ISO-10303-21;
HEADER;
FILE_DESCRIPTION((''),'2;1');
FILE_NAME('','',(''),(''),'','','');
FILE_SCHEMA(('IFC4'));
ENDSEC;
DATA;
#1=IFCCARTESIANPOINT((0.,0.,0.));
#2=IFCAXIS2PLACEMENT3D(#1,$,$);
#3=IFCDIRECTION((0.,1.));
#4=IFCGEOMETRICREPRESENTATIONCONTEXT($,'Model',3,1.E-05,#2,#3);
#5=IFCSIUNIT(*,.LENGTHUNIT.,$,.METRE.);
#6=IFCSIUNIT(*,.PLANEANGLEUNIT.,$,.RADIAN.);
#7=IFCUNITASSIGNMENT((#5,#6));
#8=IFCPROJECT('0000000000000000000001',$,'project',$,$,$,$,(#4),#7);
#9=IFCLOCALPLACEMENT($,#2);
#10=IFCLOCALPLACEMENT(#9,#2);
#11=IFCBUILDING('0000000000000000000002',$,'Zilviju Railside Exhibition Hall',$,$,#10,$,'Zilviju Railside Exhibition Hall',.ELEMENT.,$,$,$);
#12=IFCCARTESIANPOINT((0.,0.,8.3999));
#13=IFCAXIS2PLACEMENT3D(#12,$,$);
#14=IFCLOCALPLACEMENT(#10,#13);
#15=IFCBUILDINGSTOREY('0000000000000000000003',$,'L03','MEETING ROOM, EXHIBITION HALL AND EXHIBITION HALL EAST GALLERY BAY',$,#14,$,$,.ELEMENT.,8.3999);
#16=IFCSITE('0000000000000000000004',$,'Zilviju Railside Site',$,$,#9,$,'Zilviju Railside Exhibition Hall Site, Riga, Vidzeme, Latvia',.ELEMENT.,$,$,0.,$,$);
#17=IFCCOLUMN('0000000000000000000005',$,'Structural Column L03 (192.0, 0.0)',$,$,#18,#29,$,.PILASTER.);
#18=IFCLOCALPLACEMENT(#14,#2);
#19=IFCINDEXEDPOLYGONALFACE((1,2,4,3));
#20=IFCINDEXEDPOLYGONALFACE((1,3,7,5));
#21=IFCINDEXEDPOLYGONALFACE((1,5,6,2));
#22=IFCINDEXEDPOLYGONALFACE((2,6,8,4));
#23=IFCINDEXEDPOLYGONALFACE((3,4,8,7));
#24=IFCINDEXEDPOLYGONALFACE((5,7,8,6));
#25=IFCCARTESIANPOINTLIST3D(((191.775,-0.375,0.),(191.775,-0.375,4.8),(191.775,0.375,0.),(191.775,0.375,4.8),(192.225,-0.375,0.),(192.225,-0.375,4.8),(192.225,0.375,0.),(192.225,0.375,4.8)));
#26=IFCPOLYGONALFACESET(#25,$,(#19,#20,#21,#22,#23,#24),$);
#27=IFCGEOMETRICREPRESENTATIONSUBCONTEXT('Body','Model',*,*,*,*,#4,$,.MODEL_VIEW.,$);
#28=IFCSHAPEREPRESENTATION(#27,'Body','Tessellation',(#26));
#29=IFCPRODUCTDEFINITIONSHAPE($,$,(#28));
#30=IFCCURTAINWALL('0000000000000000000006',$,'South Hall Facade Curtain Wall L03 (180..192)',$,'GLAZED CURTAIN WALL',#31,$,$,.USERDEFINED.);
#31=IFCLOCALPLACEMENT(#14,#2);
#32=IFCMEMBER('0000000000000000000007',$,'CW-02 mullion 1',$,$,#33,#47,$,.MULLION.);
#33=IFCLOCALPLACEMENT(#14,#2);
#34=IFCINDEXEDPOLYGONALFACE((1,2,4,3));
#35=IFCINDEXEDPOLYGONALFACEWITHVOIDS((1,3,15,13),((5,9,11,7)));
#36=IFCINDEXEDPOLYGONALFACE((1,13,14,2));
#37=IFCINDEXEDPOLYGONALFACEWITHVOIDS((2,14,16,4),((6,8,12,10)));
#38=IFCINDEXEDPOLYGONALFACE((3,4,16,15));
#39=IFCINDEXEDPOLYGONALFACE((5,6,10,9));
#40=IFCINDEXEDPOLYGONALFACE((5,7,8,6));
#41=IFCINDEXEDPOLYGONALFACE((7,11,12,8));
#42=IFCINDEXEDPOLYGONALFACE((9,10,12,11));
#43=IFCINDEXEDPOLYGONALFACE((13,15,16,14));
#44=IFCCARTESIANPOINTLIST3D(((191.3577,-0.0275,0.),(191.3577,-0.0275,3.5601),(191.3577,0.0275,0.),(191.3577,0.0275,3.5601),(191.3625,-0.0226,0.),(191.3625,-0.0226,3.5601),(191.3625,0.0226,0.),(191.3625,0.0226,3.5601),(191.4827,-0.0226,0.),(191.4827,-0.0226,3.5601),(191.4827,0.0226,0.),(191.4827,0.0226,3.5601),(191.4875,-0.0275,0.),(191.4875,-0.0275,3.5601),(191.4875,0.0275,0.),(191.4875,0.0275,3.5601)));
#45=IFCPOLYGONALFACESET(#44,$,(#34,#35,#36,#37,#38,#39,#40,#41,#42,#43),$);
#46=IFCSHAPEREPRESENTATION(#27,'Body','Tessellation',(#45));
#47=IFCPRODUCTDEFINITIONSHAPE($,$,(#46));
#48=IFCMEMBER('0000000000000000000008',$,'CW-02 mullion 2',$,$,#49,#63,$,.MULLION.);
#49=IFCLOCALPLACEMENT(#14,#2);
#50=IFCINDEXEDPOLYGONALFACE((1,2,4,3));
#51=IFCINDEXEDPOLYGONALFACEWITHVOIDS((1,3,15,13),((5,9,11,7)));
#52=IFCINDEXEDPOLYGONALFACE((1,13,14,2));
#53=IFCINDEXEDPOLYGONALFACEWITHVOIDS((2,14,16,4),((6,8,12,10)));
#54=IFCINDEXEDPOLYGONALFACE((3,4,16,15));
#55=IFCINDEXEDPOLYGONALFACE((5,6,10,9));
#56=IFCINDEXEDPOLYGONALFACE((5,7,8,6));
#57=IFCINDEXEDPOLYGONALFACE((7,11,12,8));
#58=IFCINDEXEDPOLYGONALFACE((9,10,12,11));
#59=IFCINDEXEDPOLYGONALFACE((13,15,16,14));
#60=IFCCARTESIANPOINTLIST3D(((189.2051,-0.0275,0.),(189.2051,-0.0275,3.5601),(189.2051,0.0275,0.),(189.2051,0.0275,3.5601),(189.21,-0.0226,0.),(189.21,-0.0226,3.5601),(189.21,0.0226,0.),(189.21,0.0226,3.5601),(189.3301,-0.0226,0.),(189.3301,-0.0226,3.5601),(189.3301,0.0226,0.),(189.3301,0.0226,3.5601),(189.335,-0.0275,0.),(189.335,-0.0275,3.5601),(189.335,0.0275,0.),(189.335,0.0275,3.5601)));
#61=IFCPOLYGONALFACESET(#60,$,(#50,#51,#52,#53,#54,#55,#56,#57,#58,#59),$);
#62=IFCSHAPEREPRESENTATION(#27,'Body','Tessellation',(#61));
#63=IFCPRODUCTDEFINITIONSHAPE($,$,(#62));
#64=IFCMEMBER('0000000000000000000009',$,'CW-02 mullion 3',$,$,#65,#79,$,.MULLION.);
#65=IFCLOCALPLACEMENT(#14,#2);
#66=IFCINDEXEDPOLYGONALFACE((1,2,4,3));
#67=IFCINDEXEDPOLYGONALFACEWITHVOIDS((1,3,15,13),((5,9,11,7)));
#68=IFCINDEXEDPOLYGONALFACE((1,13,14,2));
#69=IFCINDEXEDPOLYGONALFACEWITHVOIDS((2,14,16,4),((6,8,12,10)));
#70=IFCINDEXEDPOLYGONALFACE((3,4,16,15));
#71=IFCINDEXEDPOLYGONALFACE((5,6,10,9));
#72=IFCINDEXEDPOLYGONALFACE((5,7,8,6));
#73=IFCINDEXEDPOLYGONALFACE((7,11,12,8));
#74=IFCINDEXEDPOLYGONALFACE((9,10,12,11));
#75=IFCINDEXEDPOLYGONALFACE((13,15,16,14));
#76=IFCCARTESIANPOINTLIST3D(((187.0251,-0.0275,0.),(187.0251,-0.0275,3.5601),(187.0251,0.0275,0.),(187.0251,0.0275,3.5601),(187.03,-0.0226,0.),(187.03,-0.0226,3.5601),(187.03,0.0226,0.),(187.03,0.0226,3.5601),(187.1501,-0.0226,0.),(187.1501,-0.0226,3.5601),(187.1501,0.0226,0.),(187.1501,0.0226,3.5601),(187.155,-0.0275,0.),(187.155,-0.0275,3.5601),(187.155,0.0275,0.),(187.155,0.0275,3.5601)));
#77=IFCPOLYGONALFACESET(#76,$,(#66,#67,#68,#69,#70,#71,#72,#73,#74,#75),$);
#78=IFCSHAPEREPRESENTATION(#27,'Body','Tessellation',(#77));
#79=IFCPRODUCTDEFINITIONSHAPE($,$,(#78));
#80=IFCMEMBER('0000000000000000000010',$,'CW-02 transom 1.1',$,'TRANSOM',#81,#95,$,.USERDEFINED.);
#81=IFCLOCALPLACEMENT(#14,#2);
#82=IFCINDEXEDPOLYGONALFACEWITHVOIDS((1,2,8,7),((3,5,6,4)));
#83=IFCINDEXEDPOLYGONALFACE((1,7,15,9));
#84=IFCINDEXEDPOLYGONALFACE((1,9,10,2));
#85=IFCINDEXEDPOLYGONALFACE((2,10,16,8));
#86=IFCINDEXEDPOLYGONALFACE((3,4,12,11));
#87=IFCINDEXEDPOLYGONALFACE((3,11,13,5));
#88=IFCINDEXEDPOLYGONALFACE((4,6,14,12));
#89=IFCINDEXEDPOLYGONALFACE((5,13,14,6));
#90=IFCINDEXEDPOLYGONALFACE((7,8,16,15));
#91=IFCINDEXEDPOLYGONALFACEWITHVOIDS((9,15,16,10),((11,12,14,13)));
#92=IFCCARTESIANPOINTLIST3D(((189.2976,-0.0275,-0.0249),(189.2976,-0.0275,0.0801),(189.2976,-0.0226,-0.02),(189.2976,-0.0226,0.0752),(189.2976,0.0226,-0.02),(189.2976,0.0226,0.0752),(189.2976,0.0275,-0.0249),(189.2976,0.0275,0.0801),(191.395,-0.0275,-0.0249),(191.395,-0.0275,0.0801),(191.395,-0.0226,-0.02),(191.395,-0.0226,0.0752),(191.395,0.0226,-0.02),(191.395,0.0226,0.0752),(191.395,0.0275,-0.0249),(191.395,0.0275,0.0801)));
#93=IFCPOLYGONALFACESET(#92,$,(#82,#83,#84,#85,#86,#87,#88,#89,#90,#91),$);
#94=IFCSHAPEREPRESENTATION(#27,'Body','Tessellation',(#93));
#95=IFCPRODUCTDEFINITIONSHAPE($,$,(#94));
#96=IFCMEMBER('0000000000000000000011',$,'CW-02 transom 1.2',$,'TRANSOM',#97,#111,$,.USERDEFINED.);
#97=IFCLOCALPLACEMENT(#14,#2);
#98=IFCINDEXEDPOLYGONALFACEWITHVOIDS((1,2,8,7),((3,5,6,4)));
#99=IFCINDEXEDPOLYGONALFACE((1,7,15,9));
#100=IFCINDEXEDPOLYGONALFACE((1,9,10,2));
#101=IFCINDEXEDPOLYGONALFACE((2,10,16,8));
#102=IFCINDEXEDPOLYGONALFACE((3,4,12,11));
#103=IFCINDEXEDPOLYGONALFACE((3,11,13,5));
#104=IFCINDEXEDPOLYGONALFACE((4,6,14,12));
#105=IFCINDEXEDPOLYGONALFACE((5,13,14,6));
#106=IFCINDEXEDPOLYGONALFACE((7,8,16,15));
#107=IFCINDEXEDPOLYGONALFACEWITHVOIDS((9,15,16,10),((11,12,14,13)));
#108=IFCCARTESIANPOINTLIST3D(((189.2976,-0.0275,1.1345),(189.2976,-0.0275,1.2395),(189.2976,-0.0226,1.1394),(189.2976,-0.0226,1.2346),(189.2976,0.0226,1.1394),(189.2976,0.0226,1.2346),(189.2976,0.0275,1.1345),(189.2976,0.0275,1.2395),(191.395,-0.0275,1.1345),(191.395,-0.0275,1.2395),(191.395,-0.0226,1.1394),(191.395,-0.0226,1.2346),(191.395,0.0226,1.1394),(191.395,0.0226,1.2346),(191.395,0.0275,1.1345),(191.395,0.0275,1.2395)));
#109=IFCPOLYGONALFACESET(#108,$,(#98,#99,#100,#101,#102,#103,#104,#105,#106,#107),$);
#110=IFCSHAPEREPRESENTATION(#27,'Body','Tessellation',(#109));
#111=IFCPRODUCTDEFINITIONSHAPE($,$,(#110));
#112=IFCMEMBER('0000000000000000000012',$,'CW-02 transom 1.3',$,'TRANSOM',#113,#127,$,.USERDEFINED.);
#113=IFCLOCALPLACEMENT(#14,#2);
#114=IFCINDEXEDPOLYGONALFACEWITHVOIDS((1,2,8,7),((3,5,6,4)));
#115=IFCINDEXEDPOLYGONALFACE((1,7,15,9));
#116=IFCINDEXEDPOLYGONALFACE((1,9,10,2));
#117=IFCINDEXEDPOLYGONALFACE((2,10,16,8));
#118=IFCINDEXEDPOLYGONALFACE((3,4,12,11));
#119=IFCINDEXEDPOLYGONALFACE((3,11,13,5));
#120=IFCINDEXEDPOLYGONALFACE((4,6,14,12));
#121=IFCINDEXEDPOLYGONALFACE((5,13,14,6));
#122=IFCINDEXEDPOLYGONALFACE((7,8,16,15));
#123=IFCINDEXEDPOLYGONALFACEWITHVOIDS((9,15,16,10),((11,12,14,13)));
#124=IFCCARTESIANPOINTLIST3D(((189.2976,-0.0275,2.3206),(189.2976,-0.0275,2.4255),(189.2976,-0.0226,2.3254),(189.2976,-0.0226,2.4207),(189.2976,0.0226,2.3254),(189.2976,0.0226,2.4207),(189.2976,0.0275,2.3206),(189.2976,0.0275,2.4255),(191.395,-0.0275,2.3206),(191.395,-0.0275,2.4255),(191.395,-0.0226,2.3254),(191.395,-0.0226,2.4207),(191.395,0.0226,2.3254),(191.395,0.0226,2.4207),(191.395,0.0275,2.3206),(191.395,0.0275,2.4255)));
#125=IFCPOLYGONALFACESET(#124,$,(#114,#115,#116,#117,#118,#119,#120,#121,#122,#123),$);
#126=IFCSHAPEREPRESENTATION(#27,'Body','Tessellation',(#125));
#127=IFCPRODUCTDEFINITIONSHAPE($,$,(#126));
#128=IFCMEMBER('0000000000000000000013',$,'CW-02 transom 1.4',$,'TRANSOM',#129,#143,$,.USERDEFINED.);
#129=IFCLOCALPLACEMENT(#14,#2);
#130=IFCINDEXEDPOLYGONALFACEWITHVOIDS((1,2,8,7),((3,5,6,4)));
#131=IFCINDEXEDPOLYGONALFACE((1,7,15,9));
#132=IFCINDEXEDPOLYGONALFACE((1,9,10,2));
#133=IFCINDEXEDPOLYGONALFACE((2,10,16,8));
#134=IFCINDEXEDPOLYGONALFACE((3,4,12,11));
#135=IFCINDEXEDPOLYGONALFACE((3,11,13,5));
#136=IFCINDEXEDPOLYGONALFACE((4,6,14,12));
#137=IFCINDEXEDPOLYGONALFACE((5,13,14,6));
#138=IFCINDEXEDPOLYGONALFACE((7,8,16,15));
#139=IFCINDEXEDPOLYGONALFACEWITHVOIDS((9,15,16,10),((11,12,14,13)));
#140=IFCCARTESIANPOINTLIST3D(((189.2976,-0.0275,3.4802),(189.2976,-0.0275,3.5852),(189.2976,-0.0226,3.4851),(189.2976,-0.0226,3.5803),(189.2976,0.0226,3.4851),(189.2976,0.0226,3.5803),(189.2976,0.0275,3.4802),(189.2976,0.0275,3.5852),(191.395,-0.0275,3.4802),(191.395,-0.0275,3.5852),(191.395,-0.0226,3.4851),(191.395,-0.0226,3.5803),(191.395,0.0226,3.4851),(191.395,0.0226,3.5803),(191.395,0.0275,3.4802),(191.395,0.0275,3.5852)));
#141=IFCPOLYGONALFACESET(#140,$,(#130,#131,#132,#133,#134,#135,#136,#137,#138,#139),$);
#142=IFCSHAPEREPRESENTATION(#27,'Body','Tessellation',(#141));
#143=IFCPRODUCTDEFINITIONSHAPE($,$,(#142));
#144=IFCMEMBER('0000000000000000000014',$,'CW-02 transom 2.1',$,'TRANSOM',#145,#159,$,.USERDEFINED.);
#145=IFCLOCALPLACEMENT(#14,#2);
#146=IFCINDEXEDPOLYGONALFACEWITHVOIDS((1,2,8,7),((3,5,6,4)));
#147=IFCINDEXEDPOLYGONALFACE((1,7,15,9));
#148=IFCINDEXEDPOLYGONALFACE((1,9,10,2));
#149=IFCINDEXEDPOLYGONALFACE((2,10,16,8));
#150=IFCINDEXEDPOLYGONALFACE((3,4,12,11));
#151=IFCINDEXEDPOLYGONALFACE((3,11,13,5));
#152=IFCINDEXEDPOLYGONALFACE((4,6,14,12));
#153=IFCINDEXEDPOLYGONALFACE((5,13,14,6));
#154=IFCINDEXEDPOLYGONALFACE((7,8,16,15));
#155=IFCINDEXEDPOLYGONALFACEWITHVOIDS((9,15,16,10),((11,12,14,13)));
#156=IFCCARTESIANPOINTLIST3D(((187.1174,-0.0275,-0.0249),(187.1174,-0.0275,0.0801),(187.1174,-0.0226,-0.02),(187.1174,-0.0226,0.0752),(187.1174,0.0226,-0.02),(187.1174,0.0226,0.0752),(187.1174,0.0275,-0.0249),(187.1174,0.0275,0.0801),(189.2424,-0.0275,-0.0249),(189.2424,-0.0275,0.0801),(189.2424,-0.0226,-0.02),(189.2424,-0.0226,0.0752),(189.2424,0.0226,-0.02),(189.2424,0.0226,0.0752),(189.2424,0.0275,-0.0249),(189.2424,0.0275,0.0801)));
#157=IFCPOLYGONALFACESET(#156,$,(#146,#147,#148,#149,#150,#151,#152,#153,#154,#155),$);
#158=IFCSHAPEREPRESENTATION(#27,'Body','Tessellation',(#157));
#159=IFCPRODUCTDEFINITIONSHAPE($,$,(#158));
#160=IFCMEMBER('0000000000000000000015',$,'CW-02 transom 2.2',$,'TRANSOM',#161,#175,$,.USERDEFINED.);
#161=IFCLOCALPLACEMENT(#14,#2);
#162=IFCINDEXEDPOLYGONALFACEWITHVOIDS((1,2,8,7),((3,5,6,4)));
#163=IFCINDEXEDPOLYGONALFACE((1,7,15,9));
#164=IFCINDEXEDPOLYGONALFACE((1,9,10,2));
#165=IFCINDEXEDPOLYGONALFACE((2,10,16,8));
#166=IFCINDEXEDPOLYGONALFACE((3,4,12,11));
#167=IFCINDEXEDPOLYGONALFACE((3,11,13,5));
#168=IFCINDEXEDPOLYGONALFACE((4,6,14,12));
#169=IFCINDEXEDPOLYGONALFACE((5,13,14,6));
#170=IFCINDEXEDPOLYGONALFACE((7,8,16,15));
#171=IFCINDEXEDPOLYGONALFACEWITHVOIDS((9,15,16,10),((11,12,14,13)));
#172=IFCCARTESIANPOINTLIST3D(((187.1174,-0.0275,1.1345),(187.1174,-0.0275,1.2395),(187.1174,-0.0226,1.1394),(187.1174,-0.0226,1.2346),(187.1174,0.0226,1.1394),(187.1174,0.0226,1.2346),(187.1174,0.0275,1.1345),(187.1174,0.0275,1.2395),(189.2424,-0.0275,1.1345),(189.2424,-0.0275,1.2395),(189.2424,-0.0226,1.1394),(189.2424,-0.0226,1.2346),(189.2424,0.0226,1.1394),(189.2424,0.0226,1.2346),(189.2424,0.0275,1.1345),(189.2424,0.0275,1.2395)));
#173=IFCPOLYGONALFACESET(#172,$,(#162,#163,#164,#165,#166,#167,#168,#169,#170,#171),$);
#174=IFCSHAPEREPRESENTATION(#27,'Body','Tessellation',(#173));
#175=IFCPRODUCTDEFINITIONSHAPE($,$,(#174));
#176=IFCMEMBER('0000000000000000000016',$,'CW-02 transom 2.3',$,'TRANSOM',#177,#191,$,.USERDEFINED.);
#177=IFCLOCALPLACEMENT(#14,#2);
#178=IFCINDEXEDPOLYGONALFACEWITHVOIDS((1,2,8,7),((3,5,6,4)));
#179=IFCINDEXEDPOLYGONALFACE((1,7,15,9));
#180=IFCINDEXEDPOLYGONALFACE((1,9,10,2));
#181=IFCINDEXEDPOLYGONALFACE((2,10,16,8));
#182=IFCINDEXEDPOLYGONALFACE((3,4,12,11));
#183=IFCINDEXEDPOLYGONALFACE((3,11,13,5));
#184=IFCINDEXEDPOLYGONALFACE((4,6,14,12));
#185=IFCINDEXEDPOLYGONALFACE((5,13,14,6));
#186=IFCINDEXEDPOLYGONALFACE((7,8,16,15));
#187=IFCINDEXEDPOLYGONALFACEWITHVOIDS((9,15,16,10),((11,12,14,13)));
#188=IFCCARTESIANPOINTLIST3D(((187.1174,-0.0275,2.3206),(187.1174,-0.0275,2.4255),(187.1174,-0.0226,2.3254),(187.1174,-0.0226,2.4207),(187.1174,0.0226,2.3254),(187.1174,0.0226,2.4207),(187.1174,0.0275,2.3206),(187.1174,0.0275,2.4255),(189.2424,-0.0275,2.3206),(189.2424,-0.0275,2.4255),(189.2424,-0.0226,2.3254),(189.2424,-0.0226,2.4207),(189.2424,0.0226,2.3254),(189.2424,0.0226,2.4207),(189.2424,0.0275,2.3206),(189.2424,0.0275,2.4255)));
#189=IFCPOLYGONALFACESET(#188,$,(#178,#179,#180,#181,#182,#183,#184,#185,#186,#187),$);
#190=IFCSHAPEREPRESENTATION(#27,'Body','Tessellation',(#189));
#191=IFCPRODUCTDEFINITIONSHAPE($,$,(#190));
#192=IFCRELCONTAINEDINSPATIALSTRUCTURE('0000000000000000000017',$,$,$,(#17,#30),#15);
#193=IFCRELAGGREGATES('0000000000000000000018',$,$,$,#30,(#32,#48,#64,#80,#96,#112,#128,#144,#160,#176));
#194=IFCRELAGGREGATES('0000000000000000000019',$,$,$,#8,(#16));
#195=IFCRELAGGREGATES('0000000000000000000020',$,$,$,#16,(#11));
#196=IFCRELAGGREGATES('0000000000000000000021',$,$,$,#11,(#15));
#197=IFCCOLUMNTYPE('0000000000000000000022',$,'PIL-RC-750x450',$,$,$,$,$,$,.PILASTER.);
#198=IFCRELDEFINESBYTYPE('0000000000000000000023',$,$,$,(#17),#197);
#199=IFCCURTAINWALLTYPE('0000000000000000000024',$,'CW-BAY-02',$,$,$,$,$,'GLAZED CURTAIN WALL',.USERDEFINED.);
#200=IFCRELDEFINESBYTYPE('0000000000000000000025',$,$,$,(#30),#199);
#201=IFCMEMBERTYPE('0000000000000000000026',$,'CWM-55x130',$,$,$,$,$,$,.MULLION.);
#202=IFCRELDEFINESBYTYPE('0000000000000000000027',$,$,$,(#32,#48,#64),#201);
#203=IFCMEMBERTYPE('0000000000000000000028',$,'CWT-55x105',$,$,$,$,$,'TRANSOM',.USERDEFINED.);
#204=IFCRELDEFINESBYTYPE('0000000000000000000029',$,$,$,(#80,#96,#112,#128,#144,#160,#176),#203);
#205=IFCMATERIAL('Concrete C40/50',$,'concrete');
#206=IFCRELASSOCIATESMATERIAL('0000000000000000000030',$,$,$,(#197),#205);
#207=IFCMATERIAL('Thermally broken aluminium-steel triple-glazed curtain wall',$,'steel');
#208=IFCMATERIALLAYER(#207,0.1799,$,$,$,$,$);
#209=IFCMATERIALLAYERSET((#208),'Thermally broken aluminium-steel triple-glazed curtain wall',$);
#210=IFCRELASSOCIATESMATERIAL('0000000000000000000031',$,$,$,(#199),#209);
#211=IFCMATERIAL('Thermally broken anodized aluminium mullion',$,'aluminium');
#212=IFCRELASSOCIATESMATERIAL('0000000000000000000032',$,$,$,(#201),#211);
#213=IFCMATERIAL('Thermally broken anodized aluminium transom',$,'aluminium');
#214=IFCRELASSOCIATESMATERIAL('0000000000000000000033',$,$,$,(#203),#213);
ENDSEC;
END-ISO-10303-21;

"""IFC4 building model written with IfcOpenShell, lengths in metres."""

from ifc_helpers import new_model, si_unit, direction, frame, origin, origin_2d, place, context, subcontext, project, spatial, rectangle, hollow_rectangle, extrude, material, layer, layer_set, material_profile, profile_set, type_object, element, aggregate, save


model = new_model("IFC4")

# Units and contexts
model_context = context("Model", 3, precision=1e-05, world=origin(), true_north=direction((0.0, 1.0)))
body_context = subcontext(model_context, "Body", "Model", "MODEL_VIEW")
ifc_project = project(units=[si_unit("LENGTHUNIT", "METRE"), si_unit("PLANEANGLEUNIT", "RADIAN")], contexts=[model_context])

# Site, building, storey
site_placement = place(None, origin())
site = spatial("IfcSite", under=ifc_project, at=site_placement, Name="Zilviju Railside Site", LongName="Zilviju Railside Exhibition Hall Site, Riga, Vidzeme, Latvia", CompositionType="ELEMENT", RefElevation=0.0)
building_placement = place(site_placement, origin())
building = spatial("IfcBuilding", under=site, at=building_placement, Name="Zilviju Railside Exhibition Hall", LongName="Zilviju Railside Exhibition Hall", CompositionType="ELEMENT")
storey_placement = place(building_placement, frame((0.0, 0.0, 8.3999)))
storey = spatial("IfcBuildingStorey", under=building, at=storey_placement, Name="L03", Description="MEETING ROOM, EXHIBITION HALL AND EXHIBITION HALL EAST GALLERY BAY", CompositionType="ELEMENT", Elevation=8.3999)

# Column
ifc_material_1 = material(Name="Concrete C40/50", Category="concrete")
ifc_material_profile_1 = material_profile(ifc_material_1, rectangle(XDim=0.45, YDim=0.75, at=origin_2d()), Name="RC COL 450x750")
ifc_profile_set_1 = profile_set([ifc_material_profile_1], Name="Concrete C40/50")
column_type = type_object("IfcColumnType", Name="PIL-RC-750x450", PredefinedType="PILASTER", material=ifc_profile_set_1)
column_placement = place(storey_placement, frame((192.0, 0.0, 0.0), z_axis=(0.0, 0.0, 1.0), x_axis=(1.0, 0.0, 0.0)))
element("IfcColumn", 1, at=column_placement, inside=storey, type_object=column_type, Name="Structural Column L03 (192.0, 0.0)", PredefinedType="PILASTER", context=body_context, shape_type="SweptSolid", body=[
    extrude(rectangle(XDim=0.45, YDim=0.75, at=origin_2d()), origin(), (0.0, 0.0, 1.0), 4.8),
])

# Curtain wall, members
ifc_material_2 = material(Name="Thermally broken aluminium-steel triple-glazed curtain wall", Category="steel")
ifc_layer_1 = layer(ifc_material_2, 0.1799)
ifc_layer_set_1 = layer_set([ifc_layer_1], Name="Thermally broken aluminium-steel triple-glazed curtain wall")
curtain_wall_type = type_object("IfcCurtainWallType", Name="CW-BAY-02", ElementType="GLAZED CURTAIN WALL", PredefinedType="USERDEFINED", material=ifc_layer_set_1)
curtain_wall_placement = place(storey_placement, origin())
curtain_wall = element("IfcCurtainWall", 2, at=curtain_wall_placement, inside=storey, type_object=curtain_wall_type, Name="South Hall Facade Curtain Wall L03 (180..192)", ObjectType="GLAZED CURTAIN WALL", PredefinedType="USERDEFINED")
ifc_material_3 = material(Name="Thermally broken anodized aluminium mullion", Category="aluminium")
ifc_material_profile_2 = material_profile(ifc_material_3, hollow_rectangle(XDim=0.0549, YDim=0.1299, WallThickness=0.0049, at=origin_2d()), Name="MULLION 130x55x5")
ifc_profile_set_2 = profile_set([ifc_material_profile_2], Name="Thermally broken anodized aluminium mullion")
member_type_1 = type_object("IfcMemberType", Name="CWM-55x130", PredefinedType="MULLION", material=ifc_profile_set_2)
member_1_placement = place(storey_placement, frame((191.4226, 0.0, 0.0), z_axis=(0.0, 0.0, 1.0), x_axis=(0.0, -1.0, 0.0)))
member_1 = element("IfcMember", 3, at=member_1_placement, type_object=member_type_1, Name="CW-02 mullion 1", PredefinedType="MULLION", context=body_context, shape_type="SweptSolid", body=[
    extrude(hollow_rectangle(XDim=0.0549, YDim=0.1299, WallThickness=0.0049, at=origin_2d()), origin(), (0.0, 0.0, 1.0), 3.5601),
])
member_2_placement = place(storey_placement, frame((189.27, 0.0, 0.0), z_axis=(0.0, 0.0, 1.0), x_axis=(0.0, -1.0, 0.0)))
member_2 = element("IfcMember", 4, at=member_2_placement, type_object=member_type_1, Name="CW-02 mullion 2", PredefinedType="MULLION", context=body_context, shape_type="SweptSolid", body=[
    extrude(hollow_rectangle(XDim=0.0549, YDim=0.1299, WallThickness=0.0049, at=origin_2d()), origin(), (0.0, 0.0, 1.0), 3.5601),
])
member_3_placement = place(storey_placement, frame((187.0901, 0.0, 0.0), z_axis=(0.0, 0.0, 1.0), x_axis=(0.0, -1.0, 0.0)))
member_3 = element("IfcMember", 5, at=member_3_placement, type_object=member_type_1, Name="CW-02 mullion 3", PredefinedType="MULLION", context=body_context, shape_type="SweptSolid", body=[
    extrude(hollow_rectangle(XDim=0.0549, YDim=0.1299, WallThickness=0.0049, at=origin_2d()), origin(), (0.0, 0.0, 1.0), 3.5601),
])
ifc_material_4 = material(Name="Thermally broken anodized aluminium transom", Category="aluminium")
ifc_material_profile_3 = material_profile(ifc_material_4, hollow_rectangle(XDim=0.0549, YDim=0.105, WallThickness=0.0049, at=origin_2d()), Name="TRANSOM 105x55x5")
ifc_profile_set_3 = profile_set([ifc_material_profile_3], Name="Thermally broken anodized aluminium transom")
member_type_2 = type_object("IfcMemberType", Name="CWT-55x105", ElementType="TRANSOM", PredefinedType="USERDEFINED", material=ifc_profile_set_3)
member_4_placement = place(storey_placement, frame((191.395, 0.0, 0.0276), z_axis=(-1.0, 0.0, 0.0), x_axis=(0.0, -1.0, 0.0)))
member_4 = element("IfcMember", 6, at=member_4_placement, type_object=member_type_2, Name="CW-02 transom 1.1", ObjectType="TRANSOM", PredefinedType="USERDEFINED", context=body_context, shape_type="SweptSolid", body=[
    extrude(hollow_rectangle(XDim=0.0549, YDim=0.105, WallThickness=0.0049, at=origin_2d()), origin(), (0.0, 0.0, 1.0), 2.0974),
])
member_5_placement = place(storey_placement, frame((191.395, 0.0, 1.187), z_axis=(-1.0, 0.0, 0.0), x_axis=(0.0, -1.0, 0.0)))
member_5 = element("IfcMember", 7, at=member_5_placement, type_object=member_type_2, Name="CW-02 transom 1.2", ObjectType="TRANSOM", PredefinedType="USERDEFINED", context=body_context, shape_type="SweptSolid", body=[
    extrude(hollow_rectangle(XDim=0.0549, YDim=0.105, WallThickness=0.0049, at=origin_2d()), origin(), (0.0, 0.0, 1.0), 2.0974),
])
member_6_placement = place(storey_placement, frame((191.395, 0.0, 2.373), z_axis=(-1.0, 0.0, 0.0), x_axis=(0.0, -1.0, 0.0)))
member_6 = element("IfcMember", 8, at=member_6_placement, type_object=member_type_2, Name="CW-02 transom 1.3", ObjectType="TRANSOM", PredefinedType="USERDEFINED", context=body_context, shape_type="SweptSolid", body=[
    extrude(hollow_rectangle(XDim=0.0549, YDim=0.105, WallThickness=0.0049, at=origin_2d()), origin(), (0.0, 0.0, 1.0), 2.0974),
])
member_7_placement = place(storey_placement, frame((191.395, 0.0, 3.5327), z_axis=(-1.0, 0.0, 0.0), x_axis=(0.0, -1.0, 0.0)))
member_7 = element("IfcMember", 9, at=member_7_placement, type_object=member_type_2, Name="CW-02 transom 1.4", ObjectType="TRANSOM", PredefinedType="USERDEFINED", context=body_context, shape_type="SweptSolid", body=[
    extrude(hollow_rectangle(XDim=0.0549, YDim=0.105, WallThickness=0.0049, at=origin_2d()), origin(), (0.0, 0.0, 1.0), 2.0974),
])
member_8_placement = place(storey_placement, frame((189.2424, 0.0, 0.0276), z_axis=(-1.0, 0.0, 0.0), x_axis=(0.0, -1.0, 0.0)))
member_8 = element("IfcMember", 10, at=member_8_placement, type_object=member_type_2, Name="CW-02 transom 2.1", ObjectType="TRANSOM", PredefinedType="USERDEFINED", context=body_context, shape_type="SweptSolid", body=[
    extrude(hollow_rectangle(XDim=0.0549, YDim=0.105, WallThickness=0.0049, at=origin_2d()), origin(), (0.0, 0.0, 1.0), 2.125),
])
member_9_placement = place(storey_placement, frame((189.2424, 0.0, 1.187), z_axis=(-1.0, 0.0, 0.0), x_axis=(0.0, -1.0, 0.0)))
member_9 = element("IfcMember", 11, at=member_9_placement, type_object=member_type_2, Name="CW-02 transom 2.2", ObjectType="TRANSOM", PredefinedType="USERDEFINED", context=body_context, shape_type="SweptSolid", body=[
    extrude(hollow_rectangle(XDim=0.0549, YDim=0.105, WallThickness=0.0049, at=origin_2d()), origin(), (0.0, 0.0, 1.0), 2.125),
])
member_10_placement = place(storey_placement, frame((189.2424, 0.0, 2.373), z_axis=(-1.0, 0.0, 0.0), x_axis=(0.0, -1.0, 0.0)))
member_10 = element("IfcMember", 12, at=member_10_placement, type_object=member_type_2, Name="CW-02 transom 2.3", ObjectType="TRANSOM", PredefinedType="USERDEFINED", context=body_context, shape_type="SweptSolid", body=[
    extrude(hollow_rectangle(XDim=0.0549, YDim=0.105, WallThickness=0.0049, at=origin_2d()), origin(), (0.0, 0.0, 1.0), 2.125),
])
aggregate(curtain_wall, [member_1, member_2, member_3, member_4, member_5, member_6, member_7, member_8, member_9, member_10])

save(model, "model.ifc")
